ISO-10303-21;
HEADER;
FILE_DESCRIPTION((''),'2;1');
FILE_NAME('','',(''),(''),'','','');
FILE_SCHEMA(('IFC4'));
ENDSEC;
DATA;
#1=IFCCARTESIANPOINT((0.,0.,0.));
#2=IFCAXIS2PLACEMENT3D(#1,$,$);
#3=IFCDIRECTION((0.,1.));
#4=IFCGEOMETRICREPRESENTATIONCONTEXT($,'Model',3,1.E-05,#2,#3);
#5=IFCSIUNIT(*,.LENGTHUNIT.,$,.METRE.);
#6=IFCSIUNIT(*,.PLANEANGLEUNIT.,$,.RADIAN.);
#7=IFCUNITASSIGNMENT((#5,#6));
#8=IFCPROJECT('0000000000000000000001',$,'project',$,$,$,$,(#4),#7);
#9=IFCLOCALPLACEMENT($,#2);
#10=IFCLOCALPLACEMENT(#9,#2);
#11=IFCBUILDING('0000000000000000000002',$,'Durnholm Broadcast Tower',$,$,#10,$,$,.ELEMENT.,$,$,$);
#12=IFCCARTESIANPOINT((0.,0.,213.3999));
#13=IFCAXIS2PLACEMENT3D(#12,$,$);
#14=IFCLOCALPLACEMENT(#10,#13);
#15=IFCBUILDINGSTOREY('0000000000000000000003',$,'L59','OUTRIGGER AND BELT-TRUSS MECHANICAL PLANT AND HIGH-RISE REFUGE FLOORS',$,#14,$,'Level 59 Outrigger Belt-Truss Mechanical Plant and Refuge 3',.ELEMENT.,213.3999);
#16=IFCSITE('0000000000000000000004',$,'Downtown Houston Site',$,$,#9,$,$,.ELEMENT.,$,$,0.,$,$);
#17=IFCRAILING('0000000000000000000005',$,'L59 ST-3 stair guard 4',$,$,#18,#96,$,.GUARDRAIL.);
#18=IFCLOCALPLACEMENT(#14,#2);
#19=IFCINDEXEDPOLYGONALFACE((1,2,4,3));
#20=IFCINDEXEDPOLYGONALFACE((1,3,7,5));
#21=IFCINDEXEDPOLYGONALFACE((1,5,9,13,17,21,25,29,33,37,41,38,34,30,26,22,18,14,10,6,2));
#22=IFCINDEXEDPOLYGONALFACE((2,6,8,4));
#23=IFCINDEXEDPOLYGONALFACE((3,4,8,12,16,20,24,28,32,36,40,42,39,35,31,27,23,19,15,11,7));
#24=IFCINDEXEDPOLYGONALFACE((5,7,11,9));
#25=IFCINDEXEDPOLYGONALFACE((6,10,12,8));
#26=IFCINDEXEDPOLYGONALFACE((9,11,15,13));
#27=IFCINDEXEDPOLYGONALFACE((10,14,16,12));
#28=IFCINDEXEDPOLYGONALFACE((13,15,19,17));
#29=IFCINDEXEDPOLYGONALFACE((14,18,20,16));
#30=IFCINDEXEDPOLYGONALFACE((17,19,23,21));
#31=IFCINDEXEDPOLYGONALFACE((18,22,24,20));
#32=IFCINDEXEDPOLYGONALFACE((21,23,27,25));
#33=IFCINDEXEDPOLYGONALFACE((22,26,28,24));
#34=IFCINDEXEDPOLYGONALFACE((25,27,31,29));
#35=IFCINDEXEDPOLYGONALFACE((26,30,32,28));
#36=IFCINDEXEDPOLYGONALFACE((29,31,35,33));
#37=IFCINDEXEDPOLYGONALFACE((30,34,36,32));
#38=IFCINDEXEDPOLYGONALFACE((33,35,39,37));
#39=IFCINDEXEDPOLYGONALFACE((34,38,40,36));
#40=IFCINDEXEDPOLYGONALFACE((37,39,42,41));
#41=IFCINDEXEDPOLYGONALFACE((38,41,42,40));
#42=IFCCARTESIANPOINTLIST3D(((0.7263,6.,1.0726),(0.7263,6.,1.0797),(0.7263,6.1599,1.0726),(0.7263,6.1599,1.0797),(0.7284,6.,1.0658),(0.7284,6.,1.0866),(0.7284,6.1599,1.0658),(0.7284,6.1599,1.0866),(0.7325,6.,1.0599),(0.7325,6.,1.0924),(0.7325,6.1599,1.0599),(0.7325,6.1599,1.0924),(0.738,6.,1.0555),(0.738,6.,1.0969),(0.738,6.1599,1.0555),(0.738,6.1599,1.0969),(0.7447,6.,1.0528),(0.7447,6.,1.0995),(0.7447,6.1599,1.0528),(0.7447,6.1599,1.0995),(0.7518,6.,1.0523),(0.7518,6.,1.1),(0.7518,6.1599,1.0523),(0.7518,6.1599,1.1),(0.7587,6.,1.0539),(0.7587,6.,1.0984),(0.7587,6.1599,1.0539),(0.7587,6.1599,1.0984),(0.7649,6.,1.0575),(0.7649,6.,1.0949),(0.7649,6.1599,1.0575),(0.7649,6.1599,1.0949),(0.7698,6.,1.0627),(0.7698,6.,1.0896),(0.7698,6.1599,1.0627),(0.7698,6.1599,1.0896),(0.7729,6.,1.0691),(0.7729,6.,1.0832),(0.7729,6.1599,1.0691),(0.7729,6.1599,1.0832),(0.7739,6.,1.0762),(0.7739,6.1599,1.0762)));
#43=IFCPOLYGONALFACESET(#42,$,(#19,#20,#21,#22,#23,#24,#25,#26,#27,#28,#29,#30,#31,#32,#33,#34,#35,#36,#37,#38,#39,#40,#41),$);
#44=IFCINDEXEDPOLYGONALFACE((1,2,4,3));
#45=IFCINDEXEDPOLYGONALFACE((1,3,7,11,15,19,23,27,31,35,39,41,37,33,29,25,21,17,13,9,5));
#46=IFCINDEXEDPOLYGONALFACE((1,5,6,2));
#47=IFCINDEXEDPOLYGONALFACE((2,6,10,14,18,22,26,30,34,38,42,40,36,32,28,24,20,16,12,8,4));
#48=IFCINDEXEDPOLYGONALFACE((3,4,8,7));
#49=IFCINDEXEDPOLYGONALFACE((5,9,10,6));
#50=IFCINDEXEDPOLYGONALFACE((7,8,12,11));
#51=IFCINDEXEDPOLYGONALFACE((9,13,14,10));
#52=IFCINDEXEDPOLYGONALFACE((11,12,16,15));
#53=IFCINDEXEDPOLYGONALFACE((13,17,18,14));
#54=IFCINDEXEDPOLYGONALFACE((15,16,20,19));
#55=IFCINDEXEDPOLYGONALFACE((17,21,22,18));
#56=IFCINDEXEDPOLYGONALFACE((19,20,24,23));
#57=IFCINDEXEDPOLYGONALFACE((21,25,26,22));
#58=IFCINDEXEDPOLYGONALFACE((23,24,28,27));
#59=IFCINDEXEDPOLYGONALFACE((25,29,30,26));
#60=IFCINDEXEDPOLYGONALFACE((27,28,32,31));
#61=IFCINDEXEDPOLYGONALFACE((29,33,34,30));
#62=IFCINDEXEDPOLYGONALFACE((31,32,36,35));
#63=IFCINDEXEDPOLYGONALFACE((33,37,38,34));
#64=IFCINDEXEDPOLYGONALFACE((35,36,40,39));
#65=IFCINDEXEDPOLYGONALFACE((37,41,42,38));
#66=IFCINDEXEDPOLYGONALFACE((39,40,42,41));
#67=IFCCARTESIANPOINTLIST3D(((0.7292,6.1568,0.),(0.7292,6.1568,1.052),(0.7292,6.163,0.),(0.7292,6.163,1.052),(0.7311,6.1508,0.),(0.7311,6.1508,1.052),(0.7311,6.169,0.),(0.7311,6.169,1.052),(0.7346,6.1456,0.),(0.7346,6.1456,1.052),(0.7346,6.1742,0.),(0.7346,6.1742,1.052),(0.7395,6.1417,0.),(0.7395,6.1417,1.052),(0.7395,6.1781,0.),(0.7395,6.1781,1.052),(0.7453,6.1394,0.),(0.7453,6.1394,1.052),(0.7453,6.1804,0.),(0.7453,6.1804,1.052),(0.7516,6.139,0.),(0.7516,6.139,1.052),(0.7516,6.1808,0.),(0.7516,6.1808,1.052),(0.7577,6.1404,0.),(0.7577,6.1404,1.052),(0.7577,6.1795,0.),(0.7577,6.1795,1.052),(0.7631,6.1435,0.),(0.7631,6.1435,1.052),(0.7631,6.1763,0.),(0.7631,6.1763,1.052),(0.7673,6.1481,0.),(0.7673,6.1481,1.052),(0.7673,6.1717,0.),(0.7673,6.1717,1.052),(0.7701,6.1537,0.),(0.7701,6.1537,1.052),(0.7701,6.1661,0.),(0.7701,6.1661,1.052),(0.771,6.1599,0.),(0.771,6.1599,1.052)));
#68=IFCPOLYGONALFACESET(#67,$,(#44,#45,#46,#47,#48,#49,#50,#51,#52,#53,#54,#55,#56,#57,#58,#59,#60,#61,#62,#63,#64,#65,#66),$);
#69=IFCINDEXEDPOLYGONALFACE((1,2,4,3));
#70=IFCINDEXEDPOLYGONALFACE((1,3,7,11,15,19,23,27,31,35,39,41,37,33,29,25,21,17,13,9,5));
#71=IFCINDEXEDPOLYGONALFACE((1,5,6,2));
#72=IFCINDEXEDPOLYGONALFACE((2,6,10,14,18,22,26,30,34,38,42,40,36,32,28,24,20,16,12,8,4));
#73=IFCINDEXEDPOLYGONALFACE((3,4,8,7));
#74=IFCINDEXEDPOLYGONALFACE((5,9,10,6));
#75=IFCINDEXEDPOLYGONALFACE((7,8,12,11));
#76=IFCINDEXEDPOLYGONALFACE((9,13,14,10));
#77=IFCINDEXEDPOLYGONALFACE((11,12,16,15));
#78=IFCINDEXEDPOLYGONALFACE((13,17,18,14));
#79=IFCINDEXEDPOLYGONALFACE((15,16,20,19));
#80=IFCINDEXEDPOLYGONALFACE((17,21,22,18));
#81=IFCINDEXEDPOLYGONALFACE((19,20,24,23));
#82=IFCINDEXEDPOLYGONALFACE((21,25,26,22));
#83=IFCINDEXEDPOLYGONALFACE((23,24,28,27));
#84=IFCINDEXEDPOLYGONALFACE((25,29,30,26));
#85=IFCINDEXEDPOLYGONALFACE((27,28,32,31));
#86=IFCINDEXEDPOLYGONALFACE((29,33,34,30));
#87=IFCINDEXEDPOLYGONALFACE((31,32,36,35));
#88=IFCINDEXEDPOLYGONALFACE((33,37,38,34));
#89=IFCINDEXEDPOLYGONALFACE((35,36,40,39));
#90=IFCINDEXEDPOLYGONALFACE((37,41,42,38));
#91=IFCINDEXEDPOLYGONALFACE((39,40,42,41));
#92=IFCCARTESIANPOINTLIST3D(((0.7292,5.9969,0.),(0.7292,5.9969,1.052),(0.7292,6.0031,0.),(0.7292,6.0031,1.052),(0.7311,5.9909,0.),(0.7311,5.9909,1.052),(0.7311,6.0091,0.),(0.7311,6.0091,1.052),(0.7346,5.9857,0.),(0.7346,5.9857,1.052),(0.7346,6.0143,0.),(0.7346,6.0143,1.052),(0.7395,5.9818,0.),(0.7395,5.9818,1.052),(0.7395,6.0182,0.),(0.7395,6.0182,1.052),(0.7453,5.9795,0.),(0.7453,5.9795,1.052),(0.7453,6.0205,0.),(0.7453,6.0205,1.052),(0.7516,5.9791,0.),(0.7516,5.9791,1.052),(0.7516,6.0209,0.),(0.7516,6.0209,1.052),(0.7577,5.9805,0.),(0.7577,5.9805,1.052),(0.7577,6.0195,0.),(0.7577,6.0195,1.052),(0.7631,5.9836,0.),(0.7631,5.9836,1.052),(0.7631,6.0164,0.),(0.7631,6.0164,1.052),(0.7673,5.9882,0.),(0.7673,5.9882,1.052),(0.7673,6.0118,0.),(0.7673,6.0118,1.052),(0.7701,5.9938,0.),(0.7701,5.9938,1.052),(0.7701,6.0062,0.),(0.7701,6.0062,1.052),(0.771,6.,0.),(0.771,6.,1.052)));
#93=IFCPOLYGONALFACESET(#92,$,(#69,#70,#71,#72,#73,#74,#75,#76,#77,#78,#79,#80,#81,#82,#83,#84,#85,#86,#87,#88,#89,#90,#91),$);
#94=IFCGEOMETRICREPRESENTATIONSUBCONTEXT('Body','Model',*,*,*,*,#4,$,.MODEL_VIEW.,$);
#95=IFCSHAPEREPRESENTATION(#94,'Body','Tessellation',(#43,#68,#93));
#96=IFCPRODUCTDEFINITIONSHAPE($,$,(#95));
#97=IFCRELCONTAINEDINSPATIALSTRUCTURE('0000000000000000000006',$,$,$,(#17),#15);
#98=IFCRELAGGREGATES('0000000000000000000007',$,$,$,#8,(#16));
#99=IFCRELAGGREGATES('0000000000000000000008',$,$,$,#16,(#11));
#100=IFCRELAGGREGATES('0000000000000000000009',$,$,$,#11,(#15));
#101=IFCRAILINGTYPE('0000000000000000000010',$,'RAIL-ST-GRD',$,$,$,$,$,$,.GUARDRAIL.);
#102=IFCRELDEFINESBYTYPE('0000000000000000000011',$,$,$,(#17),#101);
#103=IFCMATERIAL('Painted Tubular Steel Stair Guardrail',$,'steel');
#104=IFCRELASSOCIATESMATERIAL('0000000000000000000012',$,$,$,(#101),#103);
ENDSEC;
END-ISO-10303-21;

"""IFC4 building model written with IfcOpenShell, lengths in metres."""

from ifc_helpers import new_model, si_unit, direction, frame, origin, origin_2d, place, context, subcontext, project, spatial, circle, extrude, material, type_object, element, save


model = new_model("IFC4")

# Units and contexts
model_context = context("Model", 3, precision=1e-05, world=origin(), true_north=direction((0.0, 1.0)))
body_context = subcontext(model_context, "Body", "Model", "MODEL_VIEW")
ifc_project = project(units=[si_unit("LENGTHUNIT", "METRE"), si_unit("PLANEANGLEUNIT", "RADIAN")], contexts=[model_context])

# Site, building, storey
site_placement = place(None, origin())
site = spatial("IfcSite", under=ifc_project, at=site_placement, Name="Downtown Houston Site", CompositionType="ELEMENT", RefElevation=0.0)
building_placement = place(site_placement, origin())
building = spatial("IfcBuilding", under=site, at=building_placement, Name="Durnholm Broadcast Tower", CompositionType="ELEMENT")
storey_placement = place(building_placement, frame((0.0, 0.0, 213.3999)))
storey = spatial("IfcBuildingStorey", under=building, at=storey_placement, Name="L59", Description="OUTRIGGER AND BELT-TRUSS MECHANICAL PLANT AND HIGH-RISE REFUGE FLOORS", LongName="Level 59 Outrigger Belt-Truss Mechanical Plant and Refuge 3", CompositionType="ELEMENT", Elevation=213.3999)

# Railing
ifc_material_1 = material(Name="Painted Tubular Steel Stair Guardrail", Category="steel")
railing_type_1 = type_object("IfcRailingType", Name="RAIL-ST-GRD", PredefinedType="GUARDRAIL", material=ifc_material_1)
railing_1_placement = place(storey_placement, frame((0.75, 6.1599, 0.0)))
element("IfcRailing", 1, at=railing_1_placement, inside=storey, type_object=railing_type_1, Name="L59 ST-3 stair guard 4", PredefinedType="GUARDRAIL", context=body_context, shape_type="SweptSolid", body=[
    extrude(circle(Radius=0.0239, at=origin_2d()), frame((0.0, 0.0, 1.0762), z_axis=(0.0, -1.0, 0.0), x_axis=(1.0, 0.0, 0.0)), (0.0, 0.0, 1.0), 0.1599),
    extrude(circle(Radius=0.021, at=origin_2d()), origin(), (0.0, 0.0, 1.0), 1.052),
    extrude(circle(Radius=0.021, at=origin_2d()), frame((0.0, -0.1599, 0.0)), (0.0, 0.0, 1.0), 1.052),
])

save(model, "model.ifc")
